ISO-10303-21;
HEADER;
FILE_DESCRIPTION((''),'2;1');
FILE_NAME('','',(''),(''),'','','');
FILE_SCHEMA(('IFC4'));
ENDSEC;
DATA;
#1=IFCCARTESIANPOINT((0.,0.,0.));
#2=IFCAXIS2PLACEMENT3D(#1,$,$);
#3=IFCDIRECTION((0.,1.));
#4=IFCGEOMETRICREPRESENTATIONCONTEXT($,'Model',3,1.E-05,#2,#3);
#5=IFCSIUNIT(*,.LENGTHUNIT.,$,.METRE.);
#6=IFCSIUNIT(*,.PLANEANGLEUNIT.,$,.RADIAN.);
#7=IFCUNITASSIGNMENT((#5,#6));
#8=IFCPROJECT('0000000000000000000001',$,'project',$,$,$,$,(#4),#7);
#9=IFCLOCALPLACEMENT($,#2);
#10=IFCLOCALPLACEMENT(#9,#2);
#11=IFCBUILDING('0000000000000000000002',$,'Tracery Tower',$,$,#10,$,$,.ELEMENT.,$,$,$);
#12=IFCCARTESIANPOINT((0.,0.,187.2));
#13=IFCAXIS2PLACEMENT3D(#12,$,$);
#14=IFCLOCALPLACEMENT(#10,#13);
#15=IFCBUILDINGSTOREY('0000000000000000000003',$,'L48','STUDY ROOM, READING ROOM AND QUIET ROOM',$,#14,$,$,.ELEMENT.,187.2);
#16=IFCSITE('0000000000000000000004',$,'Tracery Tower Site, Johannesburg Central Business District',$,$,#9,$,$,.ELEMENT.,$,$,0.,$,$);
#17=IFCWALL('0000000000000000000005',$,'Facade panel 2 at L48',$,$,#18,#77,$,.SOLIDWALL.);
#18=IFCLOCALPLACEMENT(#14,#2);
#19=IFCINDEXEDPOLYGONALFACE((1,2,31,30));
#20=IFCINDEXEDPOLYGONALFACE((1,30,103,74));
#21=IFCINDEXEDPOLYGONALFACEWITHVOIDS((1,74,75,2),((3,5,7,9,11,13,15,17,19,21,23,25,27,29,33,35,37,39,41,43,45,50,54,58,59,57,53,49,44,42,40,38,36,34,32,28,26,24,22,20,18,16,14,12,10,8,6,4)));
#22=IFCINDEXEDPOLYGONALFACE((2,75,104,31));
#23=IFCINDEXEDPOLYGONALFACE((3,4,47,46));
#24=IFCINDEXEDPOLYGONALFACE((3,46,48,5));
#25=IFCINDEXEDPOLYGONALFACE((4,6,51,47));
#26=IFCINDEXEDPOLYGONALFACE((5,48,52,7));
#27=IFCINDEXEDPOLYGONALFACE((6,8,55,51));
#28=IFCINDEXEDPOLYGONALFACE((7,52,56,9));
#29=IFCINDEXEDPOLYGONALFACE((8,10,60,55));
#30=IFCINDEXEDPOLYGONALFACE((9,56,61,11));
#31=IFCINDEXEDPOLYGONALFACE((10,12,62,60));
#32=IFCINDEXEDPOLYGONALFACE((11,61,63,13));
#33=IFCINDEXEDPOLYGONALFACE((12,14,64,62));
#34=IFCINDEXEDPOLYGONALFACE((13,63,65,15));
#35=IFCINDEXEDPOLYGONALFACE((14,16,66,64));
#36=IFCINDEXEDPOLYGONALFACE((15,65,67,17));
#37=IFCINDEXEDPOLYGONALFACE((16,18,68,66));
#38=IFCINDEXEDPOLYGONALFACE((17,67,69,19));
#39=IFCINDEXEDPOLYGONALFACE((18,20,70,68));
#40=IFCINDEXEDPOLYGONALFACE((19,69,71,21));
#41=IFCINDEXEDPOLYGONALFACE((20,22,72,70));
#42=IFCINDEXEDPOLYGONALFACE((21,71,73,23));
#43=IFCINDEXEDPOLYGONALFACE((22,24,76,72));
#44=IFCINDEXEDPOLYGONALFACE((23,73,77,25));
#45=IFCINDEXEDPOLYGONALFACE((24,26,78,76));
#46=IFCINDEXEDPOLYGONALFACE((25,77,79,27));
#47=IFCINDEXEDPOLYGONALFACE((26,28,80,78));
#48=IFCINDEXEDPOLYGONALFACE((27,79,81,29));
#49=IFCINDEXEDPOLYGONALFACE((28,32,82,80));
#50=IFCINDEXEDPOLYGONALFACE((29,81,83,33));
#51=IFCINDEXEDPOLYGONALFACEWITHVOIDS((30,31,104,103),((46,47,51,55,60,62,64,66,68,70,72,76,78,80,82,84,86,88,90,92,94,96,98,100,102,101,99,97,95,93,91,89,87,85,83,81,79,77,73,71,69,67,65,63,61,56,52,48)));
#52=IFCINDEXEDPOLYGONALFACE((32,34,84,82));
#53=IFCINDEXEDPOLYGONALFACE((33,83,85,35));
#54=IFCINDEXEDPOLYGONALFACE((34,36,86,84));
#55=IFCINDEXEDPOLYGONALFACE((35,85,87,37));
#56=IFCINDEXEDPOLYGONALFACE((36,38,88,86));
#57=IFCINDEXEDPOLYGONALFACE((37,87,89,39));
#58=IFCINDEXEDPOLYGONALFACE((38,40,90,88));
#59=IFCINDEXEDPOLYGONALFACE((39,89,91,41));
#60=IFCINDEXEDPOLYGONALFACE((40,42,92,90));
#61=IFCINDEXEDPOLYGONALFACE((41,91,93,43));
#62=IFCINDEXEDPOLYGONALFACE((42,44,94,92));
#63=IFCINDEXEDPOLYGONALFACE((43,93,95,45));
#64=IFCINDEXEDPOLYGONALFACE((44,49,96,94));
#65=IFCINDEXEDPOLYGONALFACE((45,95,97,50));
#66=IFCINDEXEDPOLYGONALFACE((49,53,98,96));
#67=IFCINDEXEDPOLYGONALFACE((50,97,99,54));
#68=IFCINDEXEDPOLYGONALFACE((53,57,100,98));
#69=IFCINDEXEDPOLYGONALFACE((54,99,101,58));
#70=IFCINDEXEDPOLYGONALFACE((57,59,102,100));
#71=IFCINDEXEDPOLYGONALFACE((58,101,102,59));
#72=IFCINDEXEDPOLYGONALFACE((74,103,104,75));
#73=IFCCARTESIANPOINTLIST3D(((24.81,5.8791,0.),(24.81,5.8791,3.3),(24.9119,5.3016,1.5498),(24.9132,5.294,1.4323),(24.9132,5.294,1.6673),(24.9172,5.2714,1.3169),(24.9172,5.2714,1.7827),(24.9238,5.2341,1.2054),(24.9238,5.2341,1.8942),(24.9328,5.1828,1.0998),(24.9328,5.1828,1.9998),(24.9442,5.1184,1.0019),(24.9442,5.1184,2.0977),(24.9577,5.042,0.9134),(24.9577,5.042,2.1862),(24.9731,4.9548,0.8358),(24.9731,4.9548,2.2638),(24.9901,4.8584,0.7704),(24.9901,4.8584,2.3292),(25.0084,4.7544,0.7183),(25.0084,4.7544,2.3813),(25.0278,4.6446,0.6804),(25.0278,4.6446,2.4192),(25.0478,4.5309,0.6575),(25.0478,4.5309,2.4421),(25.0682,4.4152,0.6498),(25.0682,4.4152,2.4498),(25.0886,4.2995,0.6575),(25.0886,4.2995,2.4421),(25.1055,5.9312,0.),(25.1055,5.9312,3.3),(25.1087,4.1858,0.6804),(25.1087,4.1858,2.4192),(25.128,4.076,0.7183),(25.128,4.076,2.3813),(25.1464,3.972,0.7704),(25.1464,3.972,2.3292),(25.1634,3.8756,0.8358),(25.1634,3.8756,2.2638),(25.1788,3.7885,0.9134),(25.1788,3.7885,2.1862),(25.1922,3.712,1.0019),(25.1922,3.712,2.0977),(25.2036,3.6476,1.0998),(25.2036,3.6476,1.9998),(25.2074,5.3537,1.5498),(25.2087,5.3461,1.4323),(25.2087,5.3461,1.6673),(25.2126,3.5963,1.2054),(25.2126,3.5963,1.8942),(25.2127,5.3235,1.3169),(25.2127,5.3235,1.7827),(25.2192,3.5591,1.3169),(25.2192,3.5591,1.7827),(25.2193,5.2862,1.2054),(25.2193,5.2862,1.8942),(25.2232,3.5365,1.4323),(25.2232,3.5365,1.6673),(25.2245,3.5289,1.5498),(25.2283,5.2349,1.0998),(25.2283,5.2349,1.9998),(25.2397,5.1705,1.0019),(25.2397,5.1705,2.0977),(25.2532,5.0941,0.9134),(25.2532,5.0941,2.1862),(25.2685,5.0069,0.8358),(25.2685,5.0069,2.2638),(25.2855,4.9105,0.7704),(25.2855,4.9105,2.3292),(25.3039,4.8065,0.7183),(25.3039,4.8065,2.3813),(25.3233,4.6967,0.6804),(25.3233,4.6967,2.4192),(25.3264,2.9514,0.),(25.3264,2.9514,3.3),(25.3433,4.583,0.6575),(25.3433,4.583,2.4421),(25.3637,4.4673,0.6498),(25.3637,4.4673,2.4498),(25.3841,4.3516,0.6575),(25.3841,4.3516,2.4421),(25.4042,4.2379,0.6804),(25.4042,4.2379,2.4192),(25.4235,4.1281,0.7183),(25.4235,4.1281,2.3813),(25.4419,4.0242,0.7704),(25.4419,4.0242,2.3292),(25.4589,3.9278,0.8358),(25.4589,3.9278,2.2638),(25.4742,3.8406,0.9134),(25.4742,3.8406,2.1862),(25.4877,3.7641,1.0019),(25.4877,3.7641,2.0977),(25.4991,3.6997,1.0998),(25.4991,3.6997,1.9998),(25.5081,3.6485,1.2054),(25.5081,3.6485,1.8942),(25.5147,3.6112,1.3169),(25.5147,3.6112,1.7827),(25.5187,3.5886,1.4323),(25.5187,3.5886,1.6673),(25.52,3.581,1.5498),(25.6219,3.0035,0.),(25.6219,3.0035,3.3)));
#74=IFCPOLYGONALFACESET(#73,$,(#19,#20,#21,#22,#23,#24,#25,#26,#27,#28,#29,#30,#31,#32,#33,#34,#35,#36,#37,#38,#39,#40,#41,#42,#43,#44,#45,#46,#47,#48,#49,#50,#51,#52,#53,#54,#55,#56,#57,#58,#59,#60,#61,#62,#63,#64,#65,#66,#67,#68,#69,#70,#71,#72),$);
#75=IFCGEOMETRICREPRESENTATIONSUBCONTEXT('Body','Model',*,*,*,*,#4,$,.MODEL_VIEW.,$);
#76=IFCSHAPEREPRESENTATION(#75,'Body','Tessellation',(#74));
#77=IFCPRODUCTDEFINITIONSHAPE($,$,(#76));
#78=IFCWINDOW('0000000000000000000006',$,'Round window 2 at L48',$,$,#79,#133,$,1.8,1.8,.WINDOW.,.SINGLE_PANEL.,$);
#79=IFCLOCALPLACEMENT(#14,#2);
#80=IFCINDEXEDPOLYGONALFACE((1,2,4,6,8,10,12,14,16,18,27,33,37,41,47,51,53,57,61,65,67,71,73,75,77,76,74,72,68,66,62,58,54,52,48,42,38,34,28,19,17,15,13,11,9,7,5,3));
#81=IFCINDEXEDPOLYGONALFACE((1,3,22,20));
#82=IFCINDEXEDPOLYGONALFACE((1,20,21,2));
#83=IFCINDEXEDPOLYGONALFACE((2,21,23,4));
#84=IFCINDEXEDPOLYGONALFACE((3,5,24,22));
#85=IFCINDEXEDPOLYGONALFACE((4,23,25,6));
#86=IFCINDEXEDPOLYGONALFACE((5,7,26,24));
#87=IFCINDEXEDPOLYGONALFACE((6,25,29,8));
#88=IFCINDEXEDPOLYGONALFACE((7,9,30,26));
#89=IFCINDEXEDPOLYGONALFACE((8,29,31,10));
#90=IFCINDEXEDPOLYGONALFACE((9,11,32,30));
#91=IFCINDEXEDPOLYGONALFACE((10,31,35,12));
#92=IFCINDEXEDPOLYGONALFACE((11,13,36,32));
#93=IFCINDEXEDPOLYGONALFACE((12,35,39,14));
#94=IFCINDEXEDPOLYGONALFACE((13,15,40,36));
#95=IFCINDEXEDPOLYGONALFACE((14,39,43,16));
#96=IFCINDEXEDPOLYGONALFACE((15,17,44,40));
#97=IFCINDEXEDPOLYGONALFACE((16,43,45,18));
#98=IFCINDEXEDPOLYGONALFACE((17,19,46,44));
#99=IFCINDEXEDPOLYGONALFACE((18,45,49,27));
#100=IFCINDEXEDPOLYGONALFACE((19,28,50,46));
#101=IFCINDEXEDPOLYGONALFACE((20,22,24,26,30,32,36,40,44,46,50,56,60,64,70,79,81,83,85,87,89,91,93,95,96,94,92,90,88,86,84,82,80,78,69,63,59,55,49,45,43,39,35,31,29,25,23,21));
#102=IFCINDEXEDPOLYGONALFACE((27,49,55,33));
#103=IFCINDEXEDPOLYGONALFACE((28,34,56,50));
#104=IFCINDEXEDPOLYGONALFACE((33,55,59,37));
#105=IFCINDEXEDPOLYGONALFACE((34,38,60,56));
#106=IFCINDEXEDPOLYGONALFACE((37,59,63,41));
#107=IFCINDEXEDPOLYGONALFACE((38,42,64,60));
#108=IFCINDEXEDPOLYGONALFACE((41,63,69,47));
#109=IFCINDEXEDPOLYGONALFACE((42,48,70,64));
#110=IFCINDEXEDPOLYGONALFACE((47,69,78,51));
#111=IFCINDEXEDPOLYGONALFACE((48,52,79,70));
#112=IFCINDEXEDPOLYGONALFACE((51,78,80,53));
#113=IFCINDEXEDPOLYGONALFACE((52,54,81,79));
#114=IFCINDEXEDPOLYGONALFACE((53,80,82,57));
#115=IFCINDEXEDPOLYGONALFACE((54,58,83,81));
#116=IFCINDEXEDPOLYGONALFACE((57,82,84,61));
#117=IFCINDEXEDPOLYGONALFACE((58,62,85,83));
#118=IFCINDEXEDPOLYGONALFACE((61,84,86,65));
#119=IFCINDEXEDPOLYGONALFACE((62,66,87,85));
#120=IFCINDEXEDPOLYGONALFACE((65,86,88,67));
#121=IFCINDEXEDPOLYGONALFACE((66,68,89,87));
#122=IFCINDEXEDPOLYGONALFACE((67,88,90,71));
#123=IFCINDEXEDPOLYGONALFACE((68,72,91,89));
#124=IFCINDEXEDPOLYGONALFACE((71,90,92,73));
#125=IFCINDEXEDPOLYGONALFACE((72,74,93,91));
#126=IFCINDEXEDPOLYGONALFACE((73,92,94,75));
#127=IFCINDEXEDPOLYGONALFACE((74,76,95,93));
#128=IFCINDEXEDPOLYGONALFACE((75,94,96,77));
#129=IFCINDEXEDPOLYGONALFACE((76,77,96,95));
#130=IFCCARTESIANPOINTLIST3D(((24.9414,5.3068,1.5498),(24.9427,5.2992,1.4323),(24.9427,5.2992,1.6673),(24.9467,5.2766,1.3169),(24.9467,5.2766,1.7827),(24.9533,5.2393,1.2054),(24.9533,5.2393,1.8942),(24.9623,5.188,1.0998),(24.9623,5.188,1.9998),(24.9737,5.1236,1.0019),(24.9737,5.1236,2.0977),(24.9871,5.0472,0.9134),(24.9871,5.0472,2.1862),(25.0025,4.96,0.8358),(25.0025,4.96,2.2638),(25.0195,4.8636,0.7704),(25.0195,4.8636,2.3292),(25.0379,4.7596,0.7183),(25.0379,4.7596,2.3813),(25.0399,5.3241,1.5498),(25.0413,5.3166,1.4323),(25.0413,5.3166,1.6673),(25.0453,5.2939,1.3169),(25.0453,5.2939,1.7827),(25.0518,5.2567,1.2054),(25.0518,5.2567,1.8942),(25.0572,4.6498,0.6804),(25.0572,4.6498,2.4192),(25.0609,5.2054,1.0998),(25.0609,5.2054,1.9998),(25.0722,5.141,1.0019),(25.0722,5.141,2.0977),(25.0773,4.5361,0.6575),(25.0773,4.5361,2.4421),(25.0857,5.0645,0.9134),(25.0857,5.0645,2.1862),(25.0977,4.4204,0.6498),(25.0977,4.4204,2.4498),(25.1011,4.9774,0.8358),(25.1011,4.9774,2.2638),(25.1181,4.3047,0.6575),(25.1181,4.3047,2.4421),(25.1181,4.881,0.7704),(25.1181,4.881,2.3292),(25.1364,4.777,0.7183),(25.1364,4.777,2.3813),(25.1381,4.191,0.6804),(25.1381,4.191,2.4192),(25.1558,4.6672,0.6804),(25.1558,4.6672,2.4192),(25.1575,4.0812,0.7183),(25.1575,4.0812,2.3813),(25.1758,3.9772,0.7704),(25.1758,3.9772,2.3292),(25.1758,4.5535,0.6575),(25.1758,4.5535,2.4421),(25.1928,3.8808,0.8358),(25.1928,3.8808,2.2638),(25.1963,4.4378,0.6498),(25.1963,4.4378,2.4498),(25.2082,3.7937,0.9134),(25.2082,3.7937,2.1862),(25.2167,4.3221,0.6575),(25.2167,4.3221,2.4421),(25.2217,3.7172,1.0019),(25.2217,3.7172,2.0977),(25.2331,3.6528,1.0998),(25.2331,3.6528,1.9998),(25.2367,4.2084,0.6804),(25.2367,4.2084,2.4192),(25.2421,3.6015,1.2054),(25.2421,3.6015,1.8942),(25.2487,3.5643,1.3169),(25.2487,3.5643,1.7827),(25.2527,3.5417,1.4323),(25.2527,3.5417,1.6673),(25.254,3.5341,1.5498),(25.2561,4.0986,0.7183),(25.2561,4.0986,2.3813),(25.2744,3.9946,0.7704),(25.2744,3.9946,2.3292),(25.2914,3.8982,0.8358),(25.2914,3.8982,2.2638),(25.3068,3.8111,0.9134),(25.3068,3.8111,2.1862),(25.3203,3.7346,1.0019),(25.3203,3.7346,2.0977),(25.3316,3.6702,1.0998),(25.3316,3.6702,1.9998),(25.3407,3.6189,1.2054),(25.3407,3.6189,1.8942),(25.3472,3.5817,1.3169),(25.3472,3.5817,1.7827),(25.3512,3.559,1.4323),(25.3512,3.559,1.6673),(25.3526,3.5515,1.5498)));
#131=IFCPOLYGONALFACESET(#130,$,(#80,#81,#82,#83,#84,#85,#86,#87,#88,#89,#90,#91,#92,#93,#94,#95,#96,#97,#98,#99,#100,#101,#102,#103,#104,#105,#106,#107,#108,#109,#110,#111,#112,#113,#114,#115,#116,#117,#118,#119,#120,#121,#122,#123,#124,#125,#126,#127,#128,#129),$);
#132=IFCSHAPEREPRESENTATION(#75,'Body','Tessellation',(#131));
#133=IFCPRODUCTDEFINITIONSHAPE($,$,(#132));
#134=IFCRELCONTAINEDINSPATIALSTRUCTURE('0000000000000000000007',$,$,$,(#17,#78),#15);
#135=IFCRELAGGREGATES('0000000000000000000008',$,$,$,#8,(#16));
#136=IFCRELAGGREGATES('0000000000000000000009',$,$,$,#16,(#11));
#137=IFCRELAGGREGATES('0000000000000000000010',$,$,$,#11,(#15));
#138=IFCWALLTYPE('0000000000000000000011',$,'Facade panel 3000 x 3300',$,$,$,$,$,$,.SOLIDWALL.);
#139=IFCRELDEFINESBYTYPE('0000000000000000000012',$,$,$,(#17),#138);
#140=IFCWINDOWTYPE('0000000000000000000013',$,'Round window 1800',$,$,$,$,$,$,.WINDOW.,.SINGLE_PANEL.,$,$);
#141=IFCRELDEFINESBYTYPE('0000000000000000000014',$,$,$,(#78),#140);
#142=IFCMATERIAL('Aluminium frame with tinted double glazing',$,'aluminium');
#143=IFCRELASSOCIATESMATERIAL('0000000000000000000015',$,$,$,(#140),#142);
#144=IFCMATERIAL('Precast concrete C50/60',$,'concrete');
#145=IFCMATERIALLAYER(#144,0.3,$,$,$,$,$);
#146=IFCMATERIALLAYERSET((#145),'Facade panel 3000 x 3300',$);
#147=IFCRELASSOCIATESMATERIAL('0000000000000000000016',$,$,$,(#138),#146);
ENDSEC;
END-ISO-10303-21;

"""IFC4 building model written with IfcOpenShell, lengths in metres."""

from ifc_helpers import new_model, si_unit, direction, frame, frame_2d, origin, origin_2d, place, context, subcontext, project, spatial, rectangle, circle, extrude, material, layer, layer_set, type_object, element, fill, save


model = new_model("IFC4")

# Units and contexts
model_context = context("Model", 3, precision=1e-05, world=origin(), true_north=direction((0.0, 1.0)))
body_context = subcontext(model_context, "Body", "Model", "MODEL_VIEW")
ifc_project = project(units=[si_unit("LENGTHUNIT", "METRE"), si_unit("PLANEANGLEUNIT", "RADIAN")], contexts=[model_context])

# Site, building, storey
site_placement = place(None, origin())
site = spatial("IfcSite", under=ifc_project, at=site_placement, Name="Tracery Tower Site, Johannesburg Central Business District", CompositionType="ELEMENT", RefElevation=0.0)
building_placement = place(site_placement, origin())
building = spatial("IfcBuilding", under=site, at=building_placement, Name="Tracery Tower", CompositionType="ELEMENT")
storey_placement = place(building_placement, frame((0.0, 0.0, 187.2)))
storey = spatial("IfcBuildingStorey", under=building, at=storey_placement, Name="L48", Description="STUDY ROOM, READING ROOM AND QUIET ROOM", CompositionType="ELEMENT", Elevation=187.2)

# Wall, opening, window
ifc_material_1 = material(Name="Aluminium frame with tinted double glazing", Category="aluminium")
window_type = type_object("IfcWindowType", Name="Round window 1800", PartitioningType="SINGLE_PANEL", PredefinedType="WINDOW", material=ifc_material_1)
ifc_material_2 = material(Name="Precast concrete C50/60", Category="concrete")
ifc_layer_1 = layer(ifc_material_2, 0.3)
ifc_layer_set_1 = layer_set([ifc_layer_1], Name="Facade panel 3000 x 3300")
wall_type_1 = type_object("IfcWallType", Name="Facade panel 3000 x 3300", PredefinedType="SOLIDWALL", material=ifc_layer_set_1)
wall_1_placement = place(storey_placement, frame((25.4741, 2.9775, 0.0), z_axis=(0.0, 0.0, 1.0), x_axis=(-0.173687, 0.984801, 0.0)))
wall_1 = element("IfcWall", 1, at=wall_1_placement, inside=storey, type_object=wall_type_1, Name="Facade panel 2 at L48", PredefinedType="SOLIDWALL", context=body_context, shape_type="SweptSolid", body=[
    extrude(rectangle(XDim=2.9729, YDim=0.3, at=frame_2d((1.4863, 0.0))), origin(), (0.0, 0.0, 1.0), 3.3),
])
opening_1_placement = place(wall_1_placement, frame((1.4863, 0.0, 1.5498)))
opening_1 = element("IfcOpeningElement", 2, at=opening_1_placement, cuts=wall_1, PredefinedType="OPENING", context=body_context, shape_type="SweptSolid", body=[
    extrude(circle(Radius=0.9, at=origin_2d()), frame((0.0, 0.1599, 0.0), z_axis=(0.0, -1.0, 0.0), x_axis=(1.0, 0.0, 0.0)), (0.0, 0.0, 1.0), 0.3201),
])
window_1_placement = place(opening_1_placement, origin())
window_1 = element("IfcWindow", 3, at=window_1_placement, inside=storey, type_object=window_type, Name="Round window 2 at L48", OverallHeight=1.8, OverallWidth=1.8, PartitioningType="SINGLE_PANEL", PredefinedType="WINDOW", context=body_context, shape_type="SweptSolid", body=[
    extrude(circle(Radius=0.9, at=origin_2d()), frame((0.0, 0.1201, 0.0), z_axis=(0.0, -1.0, 0.0), x_axis=(1.0, 0.0, 0.0)), (0.0, 0.0, 1.0), 0.1001),
])
fill(opening_1, window_1)

save(model, "model.ifc")
